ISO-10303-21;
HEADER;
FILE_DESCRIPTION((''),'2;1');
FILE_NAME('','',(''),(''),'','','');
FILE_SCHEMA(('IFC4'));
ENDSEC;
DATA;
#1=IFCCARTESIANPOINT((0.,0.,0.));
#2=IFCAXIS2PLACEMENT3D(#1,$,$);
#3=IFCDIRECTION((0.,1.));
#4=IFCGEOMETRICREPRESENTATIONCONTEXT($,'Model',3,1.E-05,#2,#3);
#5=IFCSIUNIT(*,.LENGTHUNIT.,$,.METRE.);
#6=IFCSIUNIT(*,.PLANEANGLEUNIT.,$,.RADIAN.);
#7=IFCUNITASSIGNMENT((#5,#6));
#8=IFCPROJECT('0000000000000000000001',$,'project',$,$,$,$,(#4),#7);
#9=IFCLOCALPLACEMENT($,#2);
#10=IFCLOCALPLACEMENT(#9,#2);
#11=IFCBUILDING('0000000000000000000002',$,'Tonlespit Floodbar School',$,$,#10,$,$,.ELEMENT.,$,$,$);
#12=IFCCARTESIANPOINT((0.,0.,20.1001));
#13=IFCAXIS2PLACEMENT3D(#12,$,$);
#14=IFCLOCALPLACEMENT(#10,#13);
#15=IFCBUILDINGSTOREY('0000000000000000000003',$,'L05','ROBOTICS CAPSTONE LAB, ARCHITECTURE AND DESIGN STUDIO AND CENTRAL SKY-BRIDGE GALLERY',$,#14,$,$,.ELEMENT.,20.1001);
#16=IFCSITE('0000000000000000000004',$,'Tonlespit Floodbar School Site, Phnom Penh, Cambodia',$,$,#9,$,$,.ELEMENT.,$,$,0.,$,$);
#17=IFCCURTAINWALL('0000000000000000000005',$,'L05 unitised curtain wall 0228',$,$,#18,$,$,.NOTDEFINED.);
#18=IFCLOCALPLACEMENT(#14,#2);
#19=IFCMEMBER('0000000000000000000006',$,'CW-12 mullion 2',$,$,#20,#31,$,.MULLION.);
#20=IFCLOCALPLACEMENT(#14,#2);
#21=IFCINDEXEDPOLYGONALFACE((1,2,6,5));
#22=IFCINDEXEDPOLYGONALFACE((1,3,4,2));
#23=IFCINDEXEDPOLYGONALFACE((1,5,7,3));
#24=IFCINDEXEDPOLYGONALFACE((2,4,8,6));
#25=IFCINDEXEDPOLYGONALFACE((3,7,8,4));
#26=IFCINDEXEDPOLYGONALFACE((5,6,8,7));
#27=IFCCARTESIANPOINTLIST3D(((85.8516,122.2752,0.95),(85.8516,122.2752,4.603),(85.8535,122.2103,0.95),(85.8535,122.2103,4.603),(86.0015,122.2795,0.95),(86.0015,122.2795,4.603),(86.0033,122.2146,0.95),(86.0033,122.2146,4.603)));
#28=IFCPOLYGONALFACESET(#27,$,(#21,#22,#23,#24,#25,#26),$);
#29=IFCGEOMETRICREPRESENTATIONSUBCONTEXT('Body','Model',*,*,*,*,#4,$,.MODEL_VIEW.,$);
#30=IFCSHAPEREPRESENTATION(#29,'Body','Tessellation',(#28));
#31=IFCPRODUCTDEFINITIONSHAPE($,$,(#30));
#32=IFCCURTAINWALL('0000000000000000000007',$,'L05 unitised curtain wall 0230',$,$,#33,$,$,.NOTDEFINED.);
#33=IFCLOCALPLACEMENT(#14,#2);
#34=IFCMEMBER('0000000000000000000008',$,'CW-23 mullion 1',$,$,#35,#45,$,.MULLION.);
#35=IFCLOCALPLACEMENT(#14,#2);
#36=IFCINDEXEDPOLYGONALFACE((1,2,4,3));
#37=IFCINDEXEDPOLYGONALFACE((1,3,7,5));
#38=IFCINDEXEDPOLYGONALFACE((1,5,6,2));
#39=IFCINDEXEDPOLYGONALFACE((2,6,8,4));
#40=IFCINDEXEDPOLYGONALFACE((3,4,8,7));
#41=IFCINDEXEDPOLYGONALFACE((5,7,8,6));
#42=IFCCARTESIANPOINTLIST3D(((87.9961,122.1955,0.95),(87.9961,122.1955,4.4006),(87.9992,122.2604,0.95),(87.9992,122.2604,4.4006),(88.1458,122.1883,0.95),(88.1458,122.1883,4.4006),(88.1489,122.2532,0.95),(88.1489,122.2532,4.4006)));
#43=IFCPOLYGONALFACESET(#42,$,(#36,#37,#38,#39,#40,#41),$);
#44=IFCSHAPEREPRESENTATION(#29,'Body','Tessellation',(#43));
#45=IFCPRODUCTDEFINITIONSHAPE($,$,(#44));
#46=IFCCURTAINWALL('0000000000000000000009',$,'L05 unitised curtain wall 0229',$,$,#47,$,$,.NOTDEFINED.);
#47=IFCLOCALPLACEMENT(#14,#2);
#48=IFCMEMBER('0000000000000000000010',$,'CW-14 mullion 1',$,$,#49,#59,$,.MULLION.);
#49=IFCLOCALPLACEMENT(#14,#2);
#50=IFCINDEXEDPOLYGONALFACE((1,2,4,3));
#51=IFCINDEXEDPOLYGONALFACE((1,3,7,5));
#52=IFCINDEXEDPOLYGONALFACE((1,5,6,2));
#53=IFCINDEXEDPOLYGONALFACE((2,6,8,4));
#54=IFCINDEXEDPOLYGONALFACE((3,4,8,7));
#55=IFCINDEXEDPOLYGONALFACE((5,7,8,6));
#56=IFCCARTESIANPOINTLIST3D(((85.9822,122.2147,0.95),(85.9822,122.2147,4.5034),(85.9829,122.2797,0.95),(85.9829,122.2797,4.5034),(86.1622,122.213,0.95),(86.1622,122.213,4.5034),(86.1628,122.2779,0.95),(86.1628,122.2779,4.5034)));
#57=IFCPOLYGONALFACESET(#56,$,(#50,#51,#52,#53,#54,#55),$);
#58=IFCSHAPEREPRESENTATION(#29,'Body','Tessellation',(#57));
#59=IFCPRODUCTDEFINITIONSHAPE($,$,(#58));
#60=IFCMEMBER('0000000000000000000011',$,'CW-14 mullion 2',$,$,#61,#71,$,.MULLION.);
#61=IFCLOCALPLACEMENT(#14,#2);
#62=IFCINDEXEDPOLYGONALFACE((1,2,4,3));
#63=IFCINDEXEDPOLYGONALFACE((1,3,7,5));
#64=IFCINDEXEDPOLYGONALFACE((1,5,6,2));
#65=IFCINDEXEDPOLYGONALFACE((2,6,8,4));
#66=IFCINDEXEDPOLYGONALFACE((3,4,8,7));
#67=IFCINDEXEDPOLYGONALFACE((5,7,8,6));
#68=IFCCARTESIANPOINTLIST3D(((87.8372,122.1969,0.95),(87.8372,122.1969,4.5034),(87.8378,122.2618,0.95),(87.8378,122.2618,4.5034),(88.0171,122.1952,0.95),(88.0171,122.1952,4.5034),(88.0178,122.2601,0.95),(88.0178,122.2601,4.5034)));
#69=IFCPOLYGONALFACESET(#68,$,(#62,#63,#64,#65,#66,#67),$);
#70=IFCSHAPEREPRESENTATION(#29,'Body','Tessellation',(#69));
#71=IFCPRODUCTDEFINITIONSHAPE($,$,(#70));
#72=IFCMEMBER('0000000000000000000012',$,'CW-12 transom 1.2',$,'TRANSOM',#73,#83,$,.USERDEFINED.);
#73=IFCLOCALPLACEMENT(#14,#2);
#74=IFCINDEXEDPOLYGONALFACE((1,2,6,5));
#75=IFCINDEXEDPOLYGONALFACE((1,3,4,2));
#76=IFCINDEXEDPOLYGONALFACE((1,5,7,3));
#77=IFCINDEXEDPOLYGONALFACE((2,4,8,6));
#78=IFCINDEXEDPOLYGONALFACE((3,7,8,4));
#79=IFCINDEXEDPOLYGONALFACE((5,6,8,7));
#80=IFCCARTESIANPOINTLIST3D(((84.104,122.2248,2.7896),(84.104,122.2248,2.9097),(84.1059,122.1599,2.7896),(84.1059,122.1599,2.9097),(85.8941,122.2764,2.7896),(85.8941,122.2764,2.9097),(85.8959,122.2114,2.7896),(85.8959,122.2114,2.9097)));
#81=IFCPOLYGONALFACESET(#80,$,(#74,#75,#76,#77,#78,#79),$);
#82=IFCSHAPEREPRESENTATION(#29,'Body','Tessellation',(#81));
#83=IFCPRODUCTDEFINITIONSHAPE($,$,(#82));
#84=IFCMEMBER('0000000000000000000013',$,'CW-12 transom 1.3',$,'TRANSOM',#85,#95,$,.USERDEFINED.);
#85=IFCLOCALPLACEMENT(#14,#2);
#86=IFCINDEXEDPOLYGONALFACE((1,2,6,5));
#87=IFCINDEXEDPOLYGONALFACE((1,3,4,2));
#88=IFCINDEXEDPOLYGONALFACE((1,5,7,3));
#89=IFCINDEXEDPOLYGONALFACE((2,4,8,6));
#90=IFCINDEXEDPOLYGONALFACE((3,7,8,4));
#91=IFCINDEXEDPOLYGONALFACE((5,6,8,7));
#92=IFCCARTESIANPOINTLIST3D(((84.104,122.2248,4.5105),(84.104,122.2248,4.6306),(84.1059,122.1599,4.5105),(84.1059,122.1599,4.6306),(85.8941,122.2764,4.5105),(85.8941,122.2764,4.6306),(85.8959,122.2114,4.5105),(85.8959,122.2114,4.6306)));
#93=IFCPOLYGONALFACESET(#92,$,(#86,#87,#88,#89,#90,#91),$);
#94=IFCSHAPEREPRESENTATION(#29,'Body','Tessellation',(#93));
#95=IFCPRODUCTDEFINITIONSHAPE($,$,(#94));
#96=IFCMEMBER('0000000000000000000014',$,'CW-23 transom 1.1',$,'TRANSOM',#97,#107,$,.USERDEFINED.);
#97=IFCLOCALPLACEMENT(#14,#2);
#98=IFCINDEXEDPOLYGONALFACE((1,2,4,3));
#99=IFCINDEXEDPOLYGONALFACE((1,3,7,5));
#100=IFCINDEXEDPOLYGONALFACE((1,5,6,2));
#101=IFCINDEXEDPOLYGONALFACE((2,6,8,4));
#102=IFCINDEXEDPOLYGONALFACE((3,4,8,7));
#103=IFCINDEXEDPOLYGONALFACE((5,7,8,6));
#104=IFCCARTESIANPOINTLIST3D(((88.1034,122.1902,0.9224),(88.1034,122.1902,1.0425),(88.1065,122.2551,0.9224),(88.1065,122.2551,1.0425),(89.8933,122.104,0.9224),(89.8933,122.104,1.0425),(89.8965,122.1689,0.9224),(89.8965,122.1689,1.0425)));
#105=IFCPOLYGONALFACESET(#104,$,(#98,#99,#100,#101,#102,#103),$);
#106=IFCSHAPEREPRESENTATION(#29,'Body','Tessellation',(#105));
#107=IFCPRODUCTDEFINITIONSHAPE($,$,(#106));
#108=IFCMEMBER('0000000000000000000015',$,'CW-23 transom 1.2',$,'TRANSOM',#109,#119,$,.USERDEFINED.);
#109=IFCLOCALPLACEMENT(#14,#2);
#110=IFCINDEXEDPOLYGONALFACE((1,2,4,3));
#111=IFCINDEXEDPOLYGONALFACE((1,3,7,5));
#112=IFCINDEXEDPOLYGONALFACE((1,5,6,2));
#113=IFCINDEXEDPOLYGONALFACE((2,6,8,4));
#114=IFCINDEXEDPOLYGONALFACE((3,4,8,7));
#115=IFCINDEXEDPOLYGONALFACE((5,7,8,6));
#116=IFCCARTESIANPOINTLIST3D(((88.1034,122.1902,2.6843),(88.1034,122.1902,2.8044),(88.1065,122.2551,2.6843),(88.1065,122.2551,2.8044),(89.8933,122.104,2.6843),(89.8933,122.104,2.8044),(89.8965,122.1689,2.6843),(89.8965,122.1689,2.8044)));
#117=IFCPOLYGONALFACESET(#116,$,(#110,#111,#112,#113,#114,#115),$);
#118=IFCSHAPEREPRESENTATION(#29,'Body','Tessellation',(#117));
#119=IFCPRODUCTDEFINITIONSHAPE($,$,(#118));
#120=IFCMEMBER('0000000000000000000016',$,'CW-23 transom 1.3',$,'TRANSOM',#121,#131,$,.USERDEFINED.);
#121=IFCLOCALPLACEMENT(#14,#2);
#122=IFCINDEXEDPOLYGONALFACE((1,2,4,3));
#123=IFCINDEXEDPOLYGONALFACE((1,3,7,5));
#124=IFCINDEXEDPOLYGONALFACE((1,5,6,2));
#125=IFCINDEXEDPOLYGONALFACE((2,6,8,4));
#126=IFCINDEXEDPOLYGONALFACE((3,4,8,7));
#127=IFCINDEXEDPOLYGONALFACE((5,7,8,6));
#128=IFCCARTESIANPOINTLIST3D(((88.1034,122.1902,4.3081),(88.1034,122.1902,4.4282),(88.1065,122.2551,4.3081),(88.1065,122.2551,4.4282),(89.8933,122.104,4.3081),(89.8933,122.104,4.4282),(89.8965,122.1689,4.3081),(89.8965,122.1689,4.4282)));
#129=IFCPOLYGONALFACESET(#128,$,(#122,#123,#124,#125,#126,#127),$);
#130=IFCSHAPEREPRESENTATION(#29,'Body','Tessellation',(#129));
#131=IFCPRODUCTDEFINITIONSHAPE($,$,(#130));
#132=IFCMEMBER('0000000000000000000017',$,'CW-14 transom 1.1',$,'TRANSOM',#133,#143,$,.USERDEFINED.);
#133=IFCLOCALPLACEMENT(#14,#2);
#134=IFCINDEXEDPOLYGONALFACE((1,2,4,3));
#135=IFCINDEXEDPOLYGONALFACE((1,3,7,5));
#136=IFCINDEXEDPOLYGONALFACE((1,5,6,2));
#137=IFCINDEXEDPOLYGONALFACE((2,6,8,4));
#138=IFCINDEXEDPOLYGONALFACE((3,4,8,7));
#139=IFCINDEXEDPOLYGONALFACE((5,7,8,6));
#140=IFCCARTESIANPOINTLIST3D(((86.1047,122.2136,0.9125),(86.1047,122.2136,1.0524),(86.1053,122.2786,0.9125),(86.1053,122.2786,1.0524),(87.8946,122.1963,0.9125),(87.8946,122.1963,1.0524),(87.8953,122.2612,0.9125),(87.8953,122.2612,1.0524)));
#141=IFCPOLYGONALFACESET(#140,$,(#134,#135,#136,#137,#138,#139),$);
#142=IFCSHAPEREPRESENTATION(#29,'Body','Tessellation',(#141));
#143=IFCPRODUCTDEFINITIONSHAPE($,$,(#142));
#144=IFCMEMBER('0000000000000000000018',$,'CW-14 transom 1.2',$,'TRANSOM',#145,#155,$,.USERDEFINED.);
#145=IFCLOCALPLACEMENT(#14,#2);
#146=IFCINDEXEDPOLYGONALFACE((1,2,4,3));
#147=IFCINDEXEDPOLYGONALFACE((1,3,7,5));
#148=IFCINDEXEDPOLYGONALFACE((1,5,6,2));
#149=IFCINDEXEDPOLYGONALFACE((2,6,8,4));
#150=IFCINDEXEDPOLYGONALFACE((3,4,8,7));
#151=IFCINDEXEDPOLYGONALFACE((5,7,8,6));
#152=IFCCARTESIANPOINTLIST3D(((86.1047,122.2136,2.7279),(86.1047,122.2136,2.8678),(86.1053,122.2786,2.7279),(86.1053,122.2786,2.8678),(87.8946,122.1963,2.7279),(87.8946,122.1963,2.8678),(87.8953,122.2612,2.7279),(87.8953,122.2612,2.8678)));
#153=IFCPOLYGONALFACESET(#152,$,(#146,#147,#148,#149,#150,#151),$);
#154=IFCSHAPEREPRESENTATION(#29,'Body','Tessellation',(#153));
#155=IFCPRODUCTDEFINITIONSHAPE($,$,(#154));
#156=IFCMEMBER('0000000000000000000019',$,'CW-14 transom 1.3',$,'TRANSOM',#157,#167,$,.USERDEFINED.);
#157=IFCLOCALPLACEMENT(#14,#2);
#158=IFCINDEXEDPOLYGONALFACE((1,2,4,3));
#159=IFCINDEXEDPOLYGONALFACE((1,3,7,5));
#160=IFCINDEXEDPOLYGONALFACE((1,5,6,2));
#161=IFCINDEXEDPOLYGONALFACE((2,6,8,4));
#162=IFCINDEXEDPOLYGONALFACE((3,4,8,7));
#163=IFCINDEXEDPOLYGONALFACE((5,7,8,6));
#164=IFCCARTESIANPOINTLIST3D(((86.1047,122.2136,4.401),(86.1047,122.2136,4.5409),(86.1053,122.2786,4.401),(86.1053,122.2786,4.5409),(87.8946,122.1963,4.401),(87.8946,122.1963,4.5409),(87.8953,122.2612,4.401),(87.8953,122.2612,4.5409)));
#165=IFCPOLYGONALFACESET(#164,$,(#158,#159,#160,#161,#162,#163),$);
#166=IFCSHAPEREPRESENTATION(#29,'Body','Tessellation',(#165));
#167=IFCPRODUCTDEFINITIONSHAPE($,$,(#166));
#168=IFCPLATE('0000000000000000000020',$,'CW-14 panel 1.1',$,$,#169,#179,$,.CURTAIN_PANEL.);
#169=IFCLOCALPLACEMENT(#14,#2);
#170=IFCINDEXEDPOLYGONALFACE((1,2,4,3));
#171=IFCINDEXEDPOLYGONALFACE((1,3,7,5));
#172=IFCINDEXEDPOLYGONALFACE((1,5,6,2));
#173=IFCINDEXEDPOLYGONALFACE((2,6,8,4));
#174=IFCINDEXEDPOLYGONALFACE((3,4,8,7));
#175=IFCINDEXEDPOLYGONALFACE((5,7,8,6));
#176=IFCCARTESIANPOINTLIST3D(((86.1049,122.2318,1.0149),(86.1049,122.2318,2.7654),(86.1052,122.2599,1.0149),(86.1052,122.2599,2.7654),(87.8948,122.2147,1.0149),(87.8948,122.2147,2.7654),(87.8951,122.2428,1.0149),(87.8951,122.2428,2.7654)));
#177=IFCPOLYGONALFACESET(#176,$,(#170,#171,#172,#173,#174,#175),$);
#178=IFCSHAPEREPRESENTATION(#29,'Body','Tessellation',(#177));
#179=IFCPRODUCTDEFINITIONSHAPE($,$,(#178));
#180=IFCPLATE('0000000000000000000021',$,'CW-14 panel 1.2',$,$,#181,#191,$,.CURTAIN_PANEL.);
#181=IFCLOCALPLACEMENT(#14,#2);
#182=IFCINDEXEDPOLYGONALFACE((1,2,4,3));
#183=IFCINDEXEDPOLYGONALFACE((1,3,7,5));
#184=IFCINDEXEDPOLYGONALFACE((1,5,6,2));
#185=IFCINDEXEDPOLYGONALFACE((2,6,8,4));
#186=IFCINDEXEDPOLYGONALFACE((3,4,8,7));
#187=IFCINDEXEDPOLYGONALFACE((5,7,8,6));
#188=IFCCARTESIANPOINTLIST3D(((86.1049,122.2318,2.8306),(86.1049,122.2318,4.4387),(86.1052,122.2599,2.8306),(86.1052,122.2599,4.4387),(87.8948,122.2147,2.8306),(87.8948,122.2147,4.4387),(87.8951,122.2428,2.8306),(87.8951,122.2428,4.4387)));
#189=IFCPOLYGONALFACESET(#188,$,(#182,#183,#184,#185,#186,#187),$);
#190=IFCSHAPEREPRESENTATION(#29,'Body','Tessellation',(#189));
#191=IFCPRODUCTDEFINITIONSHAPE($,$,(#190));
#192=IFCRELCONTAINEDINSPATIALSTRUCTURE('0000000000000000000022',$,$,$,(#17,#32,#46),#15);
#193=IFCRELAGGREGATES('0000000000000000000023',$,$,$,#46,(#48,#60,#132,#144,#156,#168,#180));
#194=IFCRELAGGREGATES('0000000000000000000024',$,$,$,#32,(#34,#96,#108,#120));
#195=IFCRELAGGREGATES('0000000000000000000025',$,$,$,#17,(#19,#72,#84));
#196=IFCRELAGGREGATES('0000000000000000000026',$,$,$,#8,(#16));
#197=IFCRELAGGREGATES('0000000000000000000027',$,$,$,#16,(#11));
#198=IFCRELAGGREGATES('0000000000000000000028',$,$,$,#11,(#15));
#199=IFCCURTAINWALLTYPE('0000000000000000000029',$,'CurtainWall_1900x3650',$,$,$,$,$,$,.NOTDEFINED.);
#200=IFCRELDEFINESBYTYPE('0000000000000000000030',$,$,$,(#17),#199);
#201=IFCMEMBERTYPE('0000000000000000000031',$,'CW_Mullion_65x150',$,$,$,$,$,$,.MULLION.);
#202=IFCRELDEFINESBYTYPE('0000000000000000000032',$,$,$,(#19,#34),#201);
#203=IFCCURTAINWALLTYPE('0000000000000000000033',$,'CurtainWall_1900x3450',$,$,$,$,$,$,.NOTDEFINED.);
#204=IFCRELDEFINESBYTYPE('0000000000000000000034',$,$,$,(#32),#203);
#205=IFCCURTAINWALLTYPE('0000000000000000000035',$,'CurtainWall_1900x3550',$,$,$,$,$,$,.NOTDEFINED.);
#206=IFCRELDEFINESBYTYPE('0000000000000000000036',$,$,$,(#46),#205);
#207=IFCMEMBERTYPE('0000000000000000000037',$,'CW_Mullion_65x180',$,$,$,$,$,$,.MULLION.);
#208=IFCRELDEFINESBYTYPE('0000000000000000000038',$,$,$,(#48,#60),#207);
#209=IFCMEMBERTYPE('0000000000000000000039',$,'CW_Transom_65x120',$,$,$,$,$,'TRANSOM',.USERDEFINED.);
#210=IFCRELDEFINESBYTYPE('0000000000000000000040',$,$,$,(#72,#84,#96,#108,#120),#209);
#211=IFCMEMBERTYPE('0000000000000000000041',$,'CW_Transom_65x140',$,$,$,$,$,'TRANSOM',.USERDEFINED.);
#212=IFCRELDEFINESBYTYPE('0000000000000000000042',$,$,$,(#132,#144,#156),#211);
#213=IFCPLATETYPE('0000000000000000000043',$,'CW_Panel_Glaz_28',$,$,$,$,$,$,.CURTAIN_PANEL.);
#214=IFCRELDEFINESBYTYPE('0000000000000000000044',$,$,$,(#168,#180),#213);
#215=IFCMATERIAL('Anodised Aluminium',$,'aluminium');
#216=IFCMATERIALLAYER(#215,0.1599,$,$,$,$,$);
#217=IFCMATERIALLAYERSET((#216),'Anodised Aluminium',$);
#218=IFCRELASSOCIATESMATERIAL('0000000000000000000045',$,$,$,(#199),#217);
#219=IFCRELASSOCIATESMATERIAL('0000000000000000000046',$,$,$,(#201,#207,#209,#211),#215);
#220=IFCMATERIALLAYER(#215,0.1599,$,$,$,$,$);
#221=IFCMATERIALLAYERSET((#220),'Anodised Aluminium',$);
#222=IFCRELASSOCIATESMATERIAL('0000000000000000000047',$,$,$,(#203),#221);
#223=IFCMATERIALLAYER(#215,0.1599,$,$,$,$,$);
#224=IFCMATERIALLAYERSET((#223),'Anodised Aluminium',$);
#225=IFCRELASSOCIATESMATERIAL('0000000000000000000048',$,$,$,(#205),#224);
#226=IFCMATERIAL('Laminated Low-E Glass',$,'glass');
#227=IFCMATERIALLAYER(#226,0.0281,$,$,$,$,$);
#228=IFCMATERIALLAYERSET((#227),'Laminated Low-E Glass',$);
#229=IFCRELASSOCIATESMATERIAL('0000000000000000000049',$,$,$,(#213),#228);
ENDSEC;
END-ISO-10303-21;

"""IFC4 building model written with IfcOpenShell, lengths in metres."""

from ifc_helpers import new_model, si_unit, direction, frame, origin, origin_2d, place, context, subcontext, project, spatial, rectangle, extrude, material, layer, layer_set, material_profile, profile_set, type_object, element, aggregate, save


model = new_model("IFC4")

# Units and contexts
model_context = context("Model", 3, precision=1e-05, world=origin(), true_north=direction((0.0, 1.0)))
body_context = subcontext(model_context, "Body", "Model", "MODEL_VIEW")
ifc_project = project(units=[si_unit("LENGTHUNIT", "METRE"), si_unit("PLANEANGLEUNIT", "RADIAN")], contexts=[model_context])

# Site, building, storey
site_placement = place(None, origin())
site = spatial("IfcSite", under=ifc_project, at=site_placement, Name="Tonlespit Floodbar School Site, Phnom Penh, Cambodia", CompositionType="ELEMENT", RefElevation=0.0)
building_placement = place(site_placement, origin())
building = spatial("IfcBuilding", under=site, at=building_placement, Name="Tonlespit Floodbar School", CompositionType="ELEMENT")
storey_placement = place(building_placement, frame((0.0, 0.0, 20.1001)))
storey = spatial("IfcBuildingStorey", under=building, at=storey_placement, Name="L05", Description="ROBOTICS CAPSTONE LAB, ARCHITECTURE AND DESIGN STUDIO AND CENTRAL SKY-BRIDGE GALLERY", CompositionType="ELEMENT", Elevation=20.1001)

# Curtain walls, members
ifc_material_1 = material(Name="Anodised Aluminium", Category="aluminium")
ifc_layer_1 = layer(ifc_material_1, 0.1599)
ifc_layer_set_1 = layer_set([ifc_layer_1], Name="Anodised Aluminium")
curtain_wall_type_1 = type_object("IfcCurtainWallType", Name="CurtainWall_1900x3650", PredefinedType="NOTDEFINED", material=ifc_layer_set_1)
curtain_wall_1_placement = place(storey_placement, origin())
curtain_wall_1 = element("IfcCurtainWall", 1, at=curtain_wall_1_placement, inside=storey, type_object=curtain_wall_type_1, Name="L05 unitised curtain wall 0228", PredefinedType="NOTDEFINED")
ifc_material_profile_1 = material_profile(ifc_material_1, rectangle(XDim=0.0649, YDim=0.1499, at=origin_2d()), Name="ALU M65x150")
ifc_profile_set_1 = profile_set([ifc_material_profile_1], Name="Anodised Aluminium")
member_type_1 = type_object("IfcMemberType", Name="CW_Mullion_65x150", PredefinedType="MULLION", material=ifc_profile_set_1)
member_1_placement = place(storey_placement, frame((85.9275, 122.2449, 0.95), z_axis=(0.0, 0.0, 1.0), x_axis=(-0.02879, 0.999585, 0.0)))
member_1 = element("IfcMember", 2, at=member_1_placement, type_object=member_type_1, Name="CW-12 mullion 2", PredefinedType="MULLION", context=body_context, shape_type="SweptSolid", body=[
    extrude(rectangle(XDim=0.0649, YDim=0.1499, at=origin_2d()), origin(), (0.0, 0.0, 1.0), 3.6531),
])
ifc_layer_2 = layer(ifc_material_1, 0.1599)
ifc_layer_set_2 = layer_set([ifc_layer_2], Name="Anodised Aluminium")
curtain_wall_type_2 = type_object("IfcCurtainWallType", Name="CurtainWall_1900x3450", PredefinedType="NOTDEFINED", material=ifc_layer_set_2)
curtain_wall_2_placement = place(storey_placement, origin())
curtain_wall_2 = element("IfcCurtainWall", 3, at=curtain_wall_2_placement, inside=storey, type_object=curtain_wall_type_2, Name="L05 unitised curtain wall 0230", PredefinedType="NOTDEFINED")
member_2_placement = place(storey_placement, frame((88.0725, 122.2244, 0.95), z_axis=(0.0, 0.0, 1.0), x_axis=(0.048121, 0.998842, 0.0)))
member_2 = element("IfcMember", 4, at=member_2_placement, type_object=member_type_1, Name="CW-23 mullion 1", PredefinedType="MULLION", context=body_context, shape_type="SweptSolid", body=[
    extrude(rectangle(XDim=0.0649, YDim=0.1499, at=origin_2d()), origin(), (0.0, 0.0, 1.0), 3.4507),
])

# Curtain wall, members
ifc_layer_3 = layer(ifc_material_1, 0.1599)
ifc_layer_set_3 = layer_set([ifc_layer_3], Name="Anodised Aluminium")
curtain_wall_type_3 = type_object("IfcCurtainWallType", Name="CurtainWall_1900x3550", PredefinedType="NOTDEFINED", material=ifc_layer_set_3)
curtain_wall_3_placement = place(storey_placement, origin())
curtain_wall_3 = element("IfcCurtainWall", 5, at=curtain_wall_3_placement, inside=storey, type_object=curtain_wall_type_3, Name="L05 unitised curtain wall 0229", PredefinedType="NOTDEFINED")
ifc_material_profile_2 = material_profile(ifc_material_1, rectangle(XDim=0.0649, YDim=0.1799, at=origin_2d()), Name="ALU M65x180")
ifc_profile_set_2 = profile_set([ifc_material_profile_2], Name="Anodised Aluminium")
member_type_2 = type_object("IfcMemberType", Name="CW_Mullion_65x180", PredefinedType="MULLION", material=ifc_profile_set_2)
member_3_placement = place(storey_placement, frame((86.0725, 122.2463, 0.95), z_axis=(0.0, 0.0, 1.0), x_axis=(0.009583, 0.999954, 0.0)))
member_3 = element("IfcMember", 6, at=member_3_placement, type_object=member_type_2, Name="CW-14 mullion 1", PredefinedType="MULLION", context=body_context, shape_type="SweptSolid", body=[
    extrude(rectangle(XDim=0.0649, YDim=0.1799, at=origin_2d()), origin(), (0.0, 0.0, 1.0), 3.5535),
])
member_4_placement = place(storey_placement, frame((87.9275, 122.2285, 0.95), z_axis=(0.0, 0.0, 1.0), x_axis=(0.009583, 0.999954, 0.0)))
member_4 = element("IfcMember", 7, at=member_4_placement, type_object=member_type_2, Name="CW-14 mullion 2", PredefinedType="MULLION", context=body_context, shape_type="SweptSolid", body=[
    extrude(rectangle(XDim=0.0649, YDim=0.1799, at=origin_2d()), origin(), (0.0, 0.0, 1.0), 3.5535),
])

# Members
ifc_material_profile_3 = material_profile(ifc_material_1, rectangle(XDim=0.0649, YDim=0.1201, at=origin_2d()), Name="ALU T65x120")
ifc_profile_set_3 = profile_set([ifc_material_profile_3], Name="Anodised Aluminium")
member_type_3 = type_object("IfcMemberType", Name="CW_Transom_65x120", ElementType="TRANSOM", PredefinedType="USERDEFINED", material=ifc_profile_set_3)
member_5_placement = place(storey_placement, frame((84.105, 122.1924, 2.8496), z_axis=(0.999586, 0.028766, 0.0), x_axis=(-0.028766, 0.999586, 0.0)))
member_5 = element("IfcMember", 8, at=member_5_placement, type_object=member_type_3, Name="CW-12 transom 1.2", ObjectType="TRANSOM", PredefinedType="USERDEFINED", context=body_context, shape_type="SweptSolid", body=[
    extrude(rectangle(XDim=0.0649, YDim=0.1201, at=origin_2d()), origin(), (0.0, 0.0, 1.0), 1.7908),
])
member_6_placement = place(storey_placement, frame((84.105, 122.1924, 4.5706), z_axis=(0.999586, 0.028766, 0.0), x_axis=(-0.028766, 0.999586, 0.0)))
member_6 = element("IfcMember", 9, at=member_6_placement, type_object=member_type_3, Name="CW-12 transom 1.3", ObjectType="TRANSOM", PredefinedType="USERDEFINED", context=body_context, shape_type="SweptSolid", body=[
    extrude(rectangle(XDim=0.0649, YDim=0.1201, at=origin_2d()), origin(), (0.0, 0.0, 1.0), 1.7908),
])
member_7_placement = place(storey_placement, frame((88.105, 122.2227, 0.9824), z_axis=(0.998843, -0.048089, 0.0), x_axis=(0.048089, 0.998843, 0.0)))
member_7 = element("IfcMember", 10, at=member_7_placement, type_object=member_type_3, Name="CW-23 transom 1.1", ObjectType="TRANSOM", PredefinedType="USERDEFINED", context=body_context, shape_type="SweptSolid", body=[
    extrude(rectangle(XDim=0.0649, YDim=0.1201, at=origin_2d()), origin(), (0.0, 0.0, 1.0), 1.792),
])
member_8_placement = place(storey_placement, frame((88.105, 122.2227, 2.7444), z_axis=(0.998843, -0.048089, 0.0), x_axis=(0.048089, 0.998843, 0.0)))
member_8 = element("IfcMember", 11, at=member_8_placement, type_object=member_type_3, Name="CW-23 transom 1.2", ObjectType="TRANSOM", PredefinedType="USERDEFINED", context=body_context, shape_type="SweptSolid", body=[
    extrude(rectangle(XDim=0.0649, YDim=0.1201, at=origin_2d()), origin(), (0.0, 0.0, 1.0), 1.792),
])
member_9_placement = place(storey_placement, frame((88.105, 122.2227, 4.3682), z_axis=(0.998843, -0.048089, 0.0), x_axis=(0.048089, 0.998843, 0.0)))
member_9 = element("IfcMember", 12, at=member_9_placement, type_object=member_type_3, Name="CW-23 transom 1.3", ObjectType="TRANSOM", PredefinedType="USERDEFINED", context=body_context, shape_type="SweptSolid", body=[
    extrude(rectangle(XDim=0.0649, YDim=0.1201, at=origin_2d()), origin(), (0.0, 0.0, 1.0), 1.792),
])
ifc_material_profile_4 = material_profile(ifc_material_1, rectangle(XDim=0.0649, YDim=0.1399, at=origin_2d()), Name="ALU T65x140")
ifc_profile_set_4 = profile_set([ifc_material_profile_4], Name="Anodised Aluminium")
member_type_4 = type_object("IfcMemberType", Name="CW_Transom_65x140", ElementType="TRANSOM", PredefinedType="USERDEFINED", material=ifc_profile_set_4)
member_10_placement = place(storey_placement, frame((86.105, 122.2461, 0.9824), z_axis=(0.999953, -0.009683, 0.0), x_axis=(0.009683, 0.999953, 0.0)))
member_10 = element("IfcMember", 13, at=member_10_placement, type_object=member_type_4, Name="CW-14 transom 1.1", ObjectType="TRANSOM", PredefinedType="USERDEFINED", context=body_context, shape_type="SweptSolid", body=[
    extrude(rectangle(XDim=0.0649, YDim=0.1399, at=origin_2d()), origin(), (0.0, 0.0, 1.0), 1.79),
])
member_11_placement = place(storey_placement, frame((86.105, 122.2461, 2.7979), z_axis=(0.999953, -0.009683, 0.0), x_axis=(0.009683, 0.999953, 0.0)))
member_11 = element("IfcMember", 14, at=member_11_placement, type_object=member_type_4, Name="CW-14 transom 1.2", ObjectType="TRANSOM", PredefinedType="USERDEFINED", context=body_context, shape_type="SweptSolid", body=[
    extrude(rectangle(XDim=0.0649, YDim=0.1399, at=origin_2d()), origin(), (0.0, 0.0, 1.0), 1.79),
])
member_12_placement = place(storey_placement, frame((86.105, 122.2461, 4.4709), z_axis=(0.999953, -0.009683, 0.0), x_axis=(0.009683, 0.999953, 0.0)))
member_12 = element("IfcMember", 15, at=member_12_placement, type_object=member_type_4, Name="CW-14 transom 1.3", ObjectType="TRANSOM", PredefinedType="USERDEFINED", context=body_context, shape_type="SweptSolid", body=[
    extrude(rectangle(XDim=0.0649, YDim=0.1399, at=origin_2d()), origin(), (0.0, 0.0, 1.0), 1.79),
])

# Plates
ifc_material_2 = material(Name="Laminated Low-E Glass", Category="glass")
ifc_layer_4 = layer(ifc_material_2, 0.0281)
ifc_layer_set_4 = layer_set([ifc_layer_4], Name="Laminated Low-E Glass")
plate_type_1 = type_object("IfcPlateType", Name="CW_Panel_Glaz_28", PredefinedType="CURTAIN_PANEL", material=ifc_layer_set_4)
plate_1_placement = place(storey_placement, frame((87.0, 122.2373, 1.0149), z_axis=(0.0, 0.0, 1.0), x_axis=(0.999954, -0.009583, 0.0)))
plate_1 = element("IfcPlate", 16, at=plate_1_placement, type_object=plate_type_1, Name="CW-14 panel 1.1", PredefinedType="CURTAIN_PANEL", context=body_context, shape_type="SweptSolid", body=[
    extrude(rectangle(XDim=1.79, YDim=0.0281, at=origin_2d()), origin(), (0.0, 0.0, 1.0), 1.7505),
])
plate_2_placement = place(storey_placement, frame((87.0, 122.2373, 2.8306), z_axis=(0.0, 0.0, 1.0), x_axis=(0.999954, -0.009583, 0.0)))
plate_2 = element("IfcPlate", 17, at=plate_2_placement, type_object=plate_type_1, Name="CW-14 panel 1.2", PredefinedType="CURTAIN_PANEL", context=body_context, shape_type="SweptSolid", body=[
    extrude(rectangle(XDim=1.79, YDim=0.0281, at=origin_2d()), origin(), (0.0, 0.0, 1.0), 1.6082),
])
aggregate(curtain_wall_3, [member_3, member_4, member_10, member_11, member_12, plate_1, plate_2])
aggregate(curtain_wall_2, [member_2, member_7, member_8, member_9])
aggregate(curtain_wall_1, [member_1, member_5, member_6])

save(model, "model.ifc")
